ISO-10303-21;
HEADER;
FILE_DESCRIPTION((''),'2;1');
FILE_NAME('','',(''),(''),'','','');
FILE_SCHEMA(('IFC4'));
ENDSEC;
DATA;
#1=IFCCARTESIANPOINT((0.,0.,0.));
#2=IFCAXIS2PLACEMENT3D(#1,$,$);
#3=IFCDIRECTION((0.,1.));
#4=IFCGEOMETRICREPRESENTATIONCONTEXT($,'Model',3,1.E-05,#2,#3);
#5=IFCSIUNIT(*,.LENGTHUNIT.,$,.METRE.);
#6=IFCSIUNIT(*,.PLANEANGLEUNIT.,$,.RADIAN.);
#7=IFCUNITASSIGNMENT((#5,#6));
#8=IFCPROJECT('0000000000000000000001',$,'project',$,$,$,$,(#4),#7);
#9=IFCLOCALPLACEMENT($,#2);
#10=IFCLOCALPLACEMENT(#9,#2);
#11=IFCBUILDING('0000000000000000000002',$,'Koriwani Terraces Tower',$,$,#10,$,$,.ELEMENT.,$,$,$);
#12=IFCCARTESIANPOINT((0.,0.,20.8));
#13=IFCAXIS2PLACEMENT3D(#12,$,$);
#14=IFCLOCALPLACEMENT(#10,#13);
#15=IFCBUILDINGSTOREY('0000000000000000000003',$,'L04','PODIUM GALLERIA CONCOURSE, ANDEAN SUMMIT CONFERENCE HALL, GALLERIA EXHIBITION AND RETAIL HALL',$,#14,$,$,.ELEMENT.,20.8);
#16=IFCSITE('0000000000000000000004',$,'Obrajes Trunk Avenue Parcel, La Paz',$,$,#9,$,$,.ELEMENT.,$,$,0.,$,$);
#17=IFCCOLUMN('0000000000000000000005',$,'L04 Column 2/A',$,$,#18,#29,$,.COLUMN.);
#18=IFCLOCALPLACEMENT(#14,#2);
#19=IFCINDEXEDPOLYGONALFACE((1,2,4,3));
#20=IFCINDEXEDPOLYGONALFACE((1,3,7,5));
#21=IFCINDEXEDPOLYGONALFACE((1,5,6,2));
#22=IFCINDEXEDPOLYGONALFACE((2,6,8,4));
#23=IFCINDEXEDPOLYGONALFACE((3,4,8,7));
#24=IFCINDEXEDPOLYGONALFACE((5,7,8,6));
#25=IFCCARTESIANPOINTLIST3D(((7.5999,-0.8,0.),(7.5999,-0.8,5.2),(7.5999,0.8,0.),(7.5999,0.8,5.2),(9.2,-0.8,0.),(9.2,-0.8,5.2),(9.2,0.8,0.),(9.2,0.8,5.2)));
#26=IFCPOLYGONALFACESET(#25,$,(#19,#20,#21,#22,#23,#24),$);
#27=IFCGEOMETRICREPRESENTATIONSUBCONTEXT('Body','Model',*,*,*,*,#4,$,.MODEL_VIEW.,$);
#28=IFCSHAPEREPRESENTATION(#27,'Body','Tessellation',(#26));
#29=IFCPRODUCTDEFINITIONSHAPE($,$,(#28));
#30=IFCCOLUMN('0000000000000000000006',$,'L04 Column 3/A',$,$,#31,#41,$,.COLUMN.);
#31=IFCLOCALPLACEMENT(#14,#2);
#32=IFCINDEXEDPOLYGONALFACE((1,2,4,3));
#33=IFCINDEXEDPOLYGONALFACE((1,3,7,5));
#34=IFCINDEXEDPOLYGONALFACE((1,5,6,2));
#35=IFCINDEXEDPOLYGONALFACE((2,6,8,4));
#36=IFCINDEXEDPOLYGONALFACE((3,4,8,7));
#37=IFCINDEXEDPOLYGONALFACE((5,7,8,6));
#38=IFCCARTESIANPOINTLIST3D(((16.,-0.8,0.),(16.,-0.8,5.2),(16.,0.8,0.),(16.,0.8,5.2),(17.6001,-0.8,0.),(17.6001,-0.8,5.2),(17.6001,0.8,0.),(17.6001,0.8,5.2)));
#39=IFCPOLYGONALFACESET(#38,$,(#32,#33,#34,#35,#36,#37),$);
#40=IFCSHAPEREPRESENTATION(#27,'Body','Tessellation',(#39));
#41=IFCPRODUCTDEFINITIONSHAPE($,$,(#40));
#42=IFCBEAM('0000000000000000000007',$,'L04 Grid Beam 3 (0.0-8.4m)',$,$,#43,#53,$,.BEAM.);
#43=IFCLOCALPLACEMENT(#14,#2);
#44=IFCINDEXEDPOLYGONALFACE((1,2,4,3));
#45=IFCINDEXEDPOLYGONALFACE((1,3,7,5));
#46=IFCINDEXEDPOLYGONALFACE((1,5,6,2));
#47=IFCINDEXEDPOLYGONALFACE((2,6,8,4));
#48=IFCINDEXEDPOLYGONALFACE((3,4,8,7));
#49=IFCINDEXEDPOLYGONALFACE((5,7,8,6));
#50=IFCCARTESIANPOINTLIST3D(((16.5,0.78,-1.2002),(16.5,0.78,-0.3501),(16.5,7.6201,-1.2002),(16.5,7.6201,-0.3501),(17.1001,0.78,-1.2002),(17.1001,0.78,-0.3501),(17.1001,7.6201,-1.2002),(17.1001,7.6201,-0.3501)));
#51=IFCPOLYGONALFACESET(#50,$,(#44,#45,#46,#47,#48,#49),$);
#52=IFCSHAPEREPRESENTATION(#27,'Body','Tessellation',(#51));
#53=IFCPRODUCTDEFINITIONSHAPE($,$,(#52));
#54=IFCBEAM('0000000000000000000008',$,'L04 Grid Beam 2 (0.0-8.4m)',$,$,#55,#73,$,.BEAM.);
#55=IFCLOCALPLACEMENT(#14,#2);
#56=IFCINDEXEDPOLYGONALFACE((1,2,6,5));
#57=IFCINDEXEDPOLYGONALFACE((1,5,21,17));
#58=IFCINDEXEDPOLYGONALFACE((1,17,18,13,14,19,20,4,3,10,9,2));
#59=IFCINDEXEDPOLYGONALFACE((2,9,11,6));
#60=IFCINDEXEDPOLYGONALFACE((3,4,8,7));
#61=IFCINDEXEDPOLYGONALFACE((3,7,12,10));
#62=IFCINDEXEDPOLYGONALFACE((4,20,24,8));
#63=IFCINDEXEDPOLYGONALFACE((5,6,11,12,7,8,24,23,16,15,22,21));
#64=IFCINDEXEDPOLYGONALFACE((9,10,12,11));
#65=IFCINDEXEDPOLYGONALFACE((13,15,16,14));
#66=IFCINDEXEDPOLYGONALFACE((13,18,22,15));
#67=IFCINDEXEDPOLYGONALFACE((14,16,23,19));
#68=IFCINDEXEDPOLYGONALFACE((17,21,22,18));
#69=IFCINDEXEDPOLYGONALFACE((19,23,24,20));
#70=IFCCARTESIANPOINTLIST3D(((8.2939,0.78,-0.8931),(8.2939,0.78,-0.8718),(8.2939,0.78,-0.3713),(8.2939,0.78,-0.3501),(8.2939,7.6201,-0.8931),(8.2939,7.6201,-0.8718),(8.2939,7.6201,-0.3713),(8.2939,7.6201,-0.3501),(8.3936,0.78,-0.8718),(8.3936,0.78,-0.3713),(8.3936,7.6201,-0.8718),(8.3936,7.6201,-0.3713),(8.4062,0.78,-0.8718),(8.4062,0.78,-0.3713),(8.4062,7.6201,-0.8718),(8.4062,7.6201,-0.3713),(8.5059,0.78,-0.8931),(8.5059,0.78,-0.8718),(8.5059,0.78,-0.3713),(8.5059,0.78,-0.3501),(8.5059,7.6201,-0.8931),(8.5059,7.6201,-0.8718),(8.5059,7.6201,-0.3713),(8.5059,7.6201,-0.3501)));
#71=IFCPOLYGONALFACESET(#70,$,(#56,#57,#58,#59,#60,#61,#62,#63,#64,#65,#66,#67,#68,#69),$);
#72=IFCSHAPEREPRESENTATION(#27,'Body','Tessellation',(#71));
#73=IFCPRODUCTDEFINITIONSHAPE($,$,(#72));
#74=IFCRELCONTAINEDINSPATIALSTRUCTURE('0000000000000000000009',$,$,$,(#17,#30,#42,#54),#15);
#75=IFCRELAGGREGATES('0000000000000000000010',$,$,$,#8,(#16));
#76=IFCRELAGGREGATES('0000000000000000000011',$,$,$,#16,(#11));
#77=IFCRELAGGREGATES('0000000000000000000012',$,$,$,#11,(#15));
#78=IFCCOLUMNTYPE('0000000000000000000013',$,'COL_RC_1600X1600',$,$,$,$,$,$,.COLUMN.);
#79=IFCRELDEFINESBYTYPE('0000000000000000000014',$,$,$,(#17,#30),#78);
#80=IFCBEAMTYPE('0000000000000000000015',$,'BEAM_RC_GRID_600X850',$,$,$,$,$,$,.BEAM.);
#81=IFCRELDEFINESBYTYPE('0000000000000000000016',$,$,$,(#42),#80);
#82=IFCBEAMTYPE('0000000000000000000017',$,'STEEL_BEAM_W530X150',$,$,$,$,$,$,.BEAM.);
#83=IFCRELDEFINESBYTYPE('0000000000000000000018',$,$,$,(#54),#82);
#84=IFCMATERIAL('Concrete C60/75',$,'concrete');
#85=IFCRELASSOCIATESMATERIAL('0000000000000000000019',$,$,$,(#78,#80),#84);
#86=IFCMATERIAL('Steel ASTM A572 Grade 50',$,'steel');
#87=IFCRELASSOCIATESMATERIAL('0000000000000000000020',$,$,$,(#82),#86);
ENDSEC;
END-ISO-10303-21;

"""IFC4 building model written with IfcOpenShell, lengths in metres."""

from ifc_helpers import new_model, si_unit, direction, frame, origin, origin_2d, place, context, subcontext, project, spatial, rectangle, i_section, extrude, material, material_profile, profile_set, type_object, element, save


model = new_model("IFC4")

# Units and contexts
model_context = context("Model", 3, precision=1e-05, world=origin(), true_north=direction((0.0, 1.0)))
body_context = subcontext(model_context, "Body", "Model", "MODEL_VIEW")
ifc_project = project(units=[si_unit("LENGTHUNIT", "METRE"), si_unit("PLANEANGLEUNIT", "RADIAN")], contexts=[model_context])

# Site, building, storey
site_placement = place(None, origin())
site = spatial("IfcSite", under=ifc_project, at=site_placement, Name="Obrajes Trunk Avenue Parcel, La Paz", CompositionType="ELEMENT", RefElevation=0.0)
building_placement = place(site_placement, origin())
building = spatial("IfcBuilding", under=site, at=building_placement, Name="Koriwani Terraces Tower", CompositionType="ELEMENT")
storey_placement = place(building_placement, frame((0.0, 0.0, 20.8)))
storey = spatial("IfcBuildingStorey", under=building, at=storey_placement, Name="L04", Description="PODIUM GALLERIA CONCOURSE, ANDEAN SUMMIT CONFERENCE HALL, GALLERIA EXHIBITION AND RETAIL HALL", CompositionType="ELEMENT", Elevation=20.8)

# Columns
ifc_material_1 = material(Name="Concrete C60/75", Category="concrete")
ifc_material_profile_1 = material_profile(ifc_material_1, rectangle(XDim=1.6001, YDim=1.6001, at=origin_2d()), Name="Concrete C60/75", Category="LoadBearing")
ifc_profile_set_1 = profile_set([ifc_material_profile_1], Name="Concrete C60/75")
column_type = type_object("IfcColumnType", Name="COL_RC_1600X1600", PredefinedType="COLUMN", material=ifc_profile_set_1)
for number, where, z_axis, x_axis, name in (
    (1, (8.3999, 0.0, 0.0), (0.0, 0.0, 1.0), (1.0, 0.0, 0.0), "L04 Column 2/A"),
    (2, (16.8, 0.0, 0.0), (0.0, 0.0, 1.0), (1.0, 0.0, 0.0), "L04 Column 3/A"),
):
    element("IfcColumn", number, at=place(storey_placement, frame(where, z_axis=z_axis, x_axis=x_axis)), inside=storey, type_object=column_type, Name=name, PredefinedType="COLUMN", context=body_context, shape_type="SweptSolid", body=[
        extrude(rectangle(XDim=1.6001, YDim=1.6001, at=origin_2d()), origin(), (0.0, 0.0, 1.0), 5.2),
    ])

# Beams
ifc_material_profile_2 = material_profile(ifc_material_1, rectangle(XDim=0.6001, YDim=0.8501, at=origin_2d()), Name="Concrete C60/75", Category="LoadBearing")
ifc_profile_set_2 = profile_set([ifc_material_profile_2], Name="Concrete C60/75")
beam_type_1 = type_object("IfcBeamType", Name="BEAM_RC_GRID_600X850", PredefinedType="BEAM", material=ifc_profile_set_2)
beam_1_placement = place(storey_placement, frame((16.8, 0.78, -0.7751), z_axis=(0.0, 1.0, 0.0), x_axis=(-1.0, 0.0, 0.0)))
element("IfcBeam", 3, at=beam_1_placement, inside=storey, type_object=beam_type_1, Name="L04 Grid Beam 3 (0.0-8.4m)", PredefinedType="BEAM", context=body_context, shape_type="SweptSolid", body=[
    extrude(rectangle(XDim=0.6001, YDim=0.8501, at=origin_2d()), origin(), (0.0, 0.0, 1.0), 6.8401),
])
ifc_material_2 = material(Name="Steel ASTM A572 Grade 50", Category="steel")
ifc_material_profile_3 = material_profile(ifc_material_2, i_section(OverallWidth=0.2119, OverallDepth=0.543, WebThickness=0.0127, FlangeThickness=0.0212, at=origin_2d()), Name="Steel ASTM A572 Grade 50", Category="LoadBearing")
ifc_profile_set_3 = profile_set([ifc_material_profile_3], Name="Steel ASTM A572 Grade 50")
beam_type_2 = type_object("IfcBeamType", Name="STEEL_BEAM_W530X150", PredefinedType="BEAM", material=ifc_profile_set_3)
beam_2_placement = place(storey_placement, frame((8.3999, 0.78, -0.6216), z_axis=(0.0, 1.0, 0.0), x_axis=(-1.0, 0.0, 0.0)))
element("IfcBeam", 4, at=beam_2_placement, inside=storey, type_object=beam_type_2, Name="L04 Grid Beam 2 (0.0-8.4m)", PredefinedType="BEAM", context=body_context, shape_type="SweptSolid", body=[
    extrude(i_section(OverallWidth=0.2119, OverallDepth=0.543, WebThickness=0.0127, FlangeThickness=0.0212, at=origin_2d()), origin(), (0.0, 0.0, 1.0), 6.8401),
])

save(model, "model.ifc")
